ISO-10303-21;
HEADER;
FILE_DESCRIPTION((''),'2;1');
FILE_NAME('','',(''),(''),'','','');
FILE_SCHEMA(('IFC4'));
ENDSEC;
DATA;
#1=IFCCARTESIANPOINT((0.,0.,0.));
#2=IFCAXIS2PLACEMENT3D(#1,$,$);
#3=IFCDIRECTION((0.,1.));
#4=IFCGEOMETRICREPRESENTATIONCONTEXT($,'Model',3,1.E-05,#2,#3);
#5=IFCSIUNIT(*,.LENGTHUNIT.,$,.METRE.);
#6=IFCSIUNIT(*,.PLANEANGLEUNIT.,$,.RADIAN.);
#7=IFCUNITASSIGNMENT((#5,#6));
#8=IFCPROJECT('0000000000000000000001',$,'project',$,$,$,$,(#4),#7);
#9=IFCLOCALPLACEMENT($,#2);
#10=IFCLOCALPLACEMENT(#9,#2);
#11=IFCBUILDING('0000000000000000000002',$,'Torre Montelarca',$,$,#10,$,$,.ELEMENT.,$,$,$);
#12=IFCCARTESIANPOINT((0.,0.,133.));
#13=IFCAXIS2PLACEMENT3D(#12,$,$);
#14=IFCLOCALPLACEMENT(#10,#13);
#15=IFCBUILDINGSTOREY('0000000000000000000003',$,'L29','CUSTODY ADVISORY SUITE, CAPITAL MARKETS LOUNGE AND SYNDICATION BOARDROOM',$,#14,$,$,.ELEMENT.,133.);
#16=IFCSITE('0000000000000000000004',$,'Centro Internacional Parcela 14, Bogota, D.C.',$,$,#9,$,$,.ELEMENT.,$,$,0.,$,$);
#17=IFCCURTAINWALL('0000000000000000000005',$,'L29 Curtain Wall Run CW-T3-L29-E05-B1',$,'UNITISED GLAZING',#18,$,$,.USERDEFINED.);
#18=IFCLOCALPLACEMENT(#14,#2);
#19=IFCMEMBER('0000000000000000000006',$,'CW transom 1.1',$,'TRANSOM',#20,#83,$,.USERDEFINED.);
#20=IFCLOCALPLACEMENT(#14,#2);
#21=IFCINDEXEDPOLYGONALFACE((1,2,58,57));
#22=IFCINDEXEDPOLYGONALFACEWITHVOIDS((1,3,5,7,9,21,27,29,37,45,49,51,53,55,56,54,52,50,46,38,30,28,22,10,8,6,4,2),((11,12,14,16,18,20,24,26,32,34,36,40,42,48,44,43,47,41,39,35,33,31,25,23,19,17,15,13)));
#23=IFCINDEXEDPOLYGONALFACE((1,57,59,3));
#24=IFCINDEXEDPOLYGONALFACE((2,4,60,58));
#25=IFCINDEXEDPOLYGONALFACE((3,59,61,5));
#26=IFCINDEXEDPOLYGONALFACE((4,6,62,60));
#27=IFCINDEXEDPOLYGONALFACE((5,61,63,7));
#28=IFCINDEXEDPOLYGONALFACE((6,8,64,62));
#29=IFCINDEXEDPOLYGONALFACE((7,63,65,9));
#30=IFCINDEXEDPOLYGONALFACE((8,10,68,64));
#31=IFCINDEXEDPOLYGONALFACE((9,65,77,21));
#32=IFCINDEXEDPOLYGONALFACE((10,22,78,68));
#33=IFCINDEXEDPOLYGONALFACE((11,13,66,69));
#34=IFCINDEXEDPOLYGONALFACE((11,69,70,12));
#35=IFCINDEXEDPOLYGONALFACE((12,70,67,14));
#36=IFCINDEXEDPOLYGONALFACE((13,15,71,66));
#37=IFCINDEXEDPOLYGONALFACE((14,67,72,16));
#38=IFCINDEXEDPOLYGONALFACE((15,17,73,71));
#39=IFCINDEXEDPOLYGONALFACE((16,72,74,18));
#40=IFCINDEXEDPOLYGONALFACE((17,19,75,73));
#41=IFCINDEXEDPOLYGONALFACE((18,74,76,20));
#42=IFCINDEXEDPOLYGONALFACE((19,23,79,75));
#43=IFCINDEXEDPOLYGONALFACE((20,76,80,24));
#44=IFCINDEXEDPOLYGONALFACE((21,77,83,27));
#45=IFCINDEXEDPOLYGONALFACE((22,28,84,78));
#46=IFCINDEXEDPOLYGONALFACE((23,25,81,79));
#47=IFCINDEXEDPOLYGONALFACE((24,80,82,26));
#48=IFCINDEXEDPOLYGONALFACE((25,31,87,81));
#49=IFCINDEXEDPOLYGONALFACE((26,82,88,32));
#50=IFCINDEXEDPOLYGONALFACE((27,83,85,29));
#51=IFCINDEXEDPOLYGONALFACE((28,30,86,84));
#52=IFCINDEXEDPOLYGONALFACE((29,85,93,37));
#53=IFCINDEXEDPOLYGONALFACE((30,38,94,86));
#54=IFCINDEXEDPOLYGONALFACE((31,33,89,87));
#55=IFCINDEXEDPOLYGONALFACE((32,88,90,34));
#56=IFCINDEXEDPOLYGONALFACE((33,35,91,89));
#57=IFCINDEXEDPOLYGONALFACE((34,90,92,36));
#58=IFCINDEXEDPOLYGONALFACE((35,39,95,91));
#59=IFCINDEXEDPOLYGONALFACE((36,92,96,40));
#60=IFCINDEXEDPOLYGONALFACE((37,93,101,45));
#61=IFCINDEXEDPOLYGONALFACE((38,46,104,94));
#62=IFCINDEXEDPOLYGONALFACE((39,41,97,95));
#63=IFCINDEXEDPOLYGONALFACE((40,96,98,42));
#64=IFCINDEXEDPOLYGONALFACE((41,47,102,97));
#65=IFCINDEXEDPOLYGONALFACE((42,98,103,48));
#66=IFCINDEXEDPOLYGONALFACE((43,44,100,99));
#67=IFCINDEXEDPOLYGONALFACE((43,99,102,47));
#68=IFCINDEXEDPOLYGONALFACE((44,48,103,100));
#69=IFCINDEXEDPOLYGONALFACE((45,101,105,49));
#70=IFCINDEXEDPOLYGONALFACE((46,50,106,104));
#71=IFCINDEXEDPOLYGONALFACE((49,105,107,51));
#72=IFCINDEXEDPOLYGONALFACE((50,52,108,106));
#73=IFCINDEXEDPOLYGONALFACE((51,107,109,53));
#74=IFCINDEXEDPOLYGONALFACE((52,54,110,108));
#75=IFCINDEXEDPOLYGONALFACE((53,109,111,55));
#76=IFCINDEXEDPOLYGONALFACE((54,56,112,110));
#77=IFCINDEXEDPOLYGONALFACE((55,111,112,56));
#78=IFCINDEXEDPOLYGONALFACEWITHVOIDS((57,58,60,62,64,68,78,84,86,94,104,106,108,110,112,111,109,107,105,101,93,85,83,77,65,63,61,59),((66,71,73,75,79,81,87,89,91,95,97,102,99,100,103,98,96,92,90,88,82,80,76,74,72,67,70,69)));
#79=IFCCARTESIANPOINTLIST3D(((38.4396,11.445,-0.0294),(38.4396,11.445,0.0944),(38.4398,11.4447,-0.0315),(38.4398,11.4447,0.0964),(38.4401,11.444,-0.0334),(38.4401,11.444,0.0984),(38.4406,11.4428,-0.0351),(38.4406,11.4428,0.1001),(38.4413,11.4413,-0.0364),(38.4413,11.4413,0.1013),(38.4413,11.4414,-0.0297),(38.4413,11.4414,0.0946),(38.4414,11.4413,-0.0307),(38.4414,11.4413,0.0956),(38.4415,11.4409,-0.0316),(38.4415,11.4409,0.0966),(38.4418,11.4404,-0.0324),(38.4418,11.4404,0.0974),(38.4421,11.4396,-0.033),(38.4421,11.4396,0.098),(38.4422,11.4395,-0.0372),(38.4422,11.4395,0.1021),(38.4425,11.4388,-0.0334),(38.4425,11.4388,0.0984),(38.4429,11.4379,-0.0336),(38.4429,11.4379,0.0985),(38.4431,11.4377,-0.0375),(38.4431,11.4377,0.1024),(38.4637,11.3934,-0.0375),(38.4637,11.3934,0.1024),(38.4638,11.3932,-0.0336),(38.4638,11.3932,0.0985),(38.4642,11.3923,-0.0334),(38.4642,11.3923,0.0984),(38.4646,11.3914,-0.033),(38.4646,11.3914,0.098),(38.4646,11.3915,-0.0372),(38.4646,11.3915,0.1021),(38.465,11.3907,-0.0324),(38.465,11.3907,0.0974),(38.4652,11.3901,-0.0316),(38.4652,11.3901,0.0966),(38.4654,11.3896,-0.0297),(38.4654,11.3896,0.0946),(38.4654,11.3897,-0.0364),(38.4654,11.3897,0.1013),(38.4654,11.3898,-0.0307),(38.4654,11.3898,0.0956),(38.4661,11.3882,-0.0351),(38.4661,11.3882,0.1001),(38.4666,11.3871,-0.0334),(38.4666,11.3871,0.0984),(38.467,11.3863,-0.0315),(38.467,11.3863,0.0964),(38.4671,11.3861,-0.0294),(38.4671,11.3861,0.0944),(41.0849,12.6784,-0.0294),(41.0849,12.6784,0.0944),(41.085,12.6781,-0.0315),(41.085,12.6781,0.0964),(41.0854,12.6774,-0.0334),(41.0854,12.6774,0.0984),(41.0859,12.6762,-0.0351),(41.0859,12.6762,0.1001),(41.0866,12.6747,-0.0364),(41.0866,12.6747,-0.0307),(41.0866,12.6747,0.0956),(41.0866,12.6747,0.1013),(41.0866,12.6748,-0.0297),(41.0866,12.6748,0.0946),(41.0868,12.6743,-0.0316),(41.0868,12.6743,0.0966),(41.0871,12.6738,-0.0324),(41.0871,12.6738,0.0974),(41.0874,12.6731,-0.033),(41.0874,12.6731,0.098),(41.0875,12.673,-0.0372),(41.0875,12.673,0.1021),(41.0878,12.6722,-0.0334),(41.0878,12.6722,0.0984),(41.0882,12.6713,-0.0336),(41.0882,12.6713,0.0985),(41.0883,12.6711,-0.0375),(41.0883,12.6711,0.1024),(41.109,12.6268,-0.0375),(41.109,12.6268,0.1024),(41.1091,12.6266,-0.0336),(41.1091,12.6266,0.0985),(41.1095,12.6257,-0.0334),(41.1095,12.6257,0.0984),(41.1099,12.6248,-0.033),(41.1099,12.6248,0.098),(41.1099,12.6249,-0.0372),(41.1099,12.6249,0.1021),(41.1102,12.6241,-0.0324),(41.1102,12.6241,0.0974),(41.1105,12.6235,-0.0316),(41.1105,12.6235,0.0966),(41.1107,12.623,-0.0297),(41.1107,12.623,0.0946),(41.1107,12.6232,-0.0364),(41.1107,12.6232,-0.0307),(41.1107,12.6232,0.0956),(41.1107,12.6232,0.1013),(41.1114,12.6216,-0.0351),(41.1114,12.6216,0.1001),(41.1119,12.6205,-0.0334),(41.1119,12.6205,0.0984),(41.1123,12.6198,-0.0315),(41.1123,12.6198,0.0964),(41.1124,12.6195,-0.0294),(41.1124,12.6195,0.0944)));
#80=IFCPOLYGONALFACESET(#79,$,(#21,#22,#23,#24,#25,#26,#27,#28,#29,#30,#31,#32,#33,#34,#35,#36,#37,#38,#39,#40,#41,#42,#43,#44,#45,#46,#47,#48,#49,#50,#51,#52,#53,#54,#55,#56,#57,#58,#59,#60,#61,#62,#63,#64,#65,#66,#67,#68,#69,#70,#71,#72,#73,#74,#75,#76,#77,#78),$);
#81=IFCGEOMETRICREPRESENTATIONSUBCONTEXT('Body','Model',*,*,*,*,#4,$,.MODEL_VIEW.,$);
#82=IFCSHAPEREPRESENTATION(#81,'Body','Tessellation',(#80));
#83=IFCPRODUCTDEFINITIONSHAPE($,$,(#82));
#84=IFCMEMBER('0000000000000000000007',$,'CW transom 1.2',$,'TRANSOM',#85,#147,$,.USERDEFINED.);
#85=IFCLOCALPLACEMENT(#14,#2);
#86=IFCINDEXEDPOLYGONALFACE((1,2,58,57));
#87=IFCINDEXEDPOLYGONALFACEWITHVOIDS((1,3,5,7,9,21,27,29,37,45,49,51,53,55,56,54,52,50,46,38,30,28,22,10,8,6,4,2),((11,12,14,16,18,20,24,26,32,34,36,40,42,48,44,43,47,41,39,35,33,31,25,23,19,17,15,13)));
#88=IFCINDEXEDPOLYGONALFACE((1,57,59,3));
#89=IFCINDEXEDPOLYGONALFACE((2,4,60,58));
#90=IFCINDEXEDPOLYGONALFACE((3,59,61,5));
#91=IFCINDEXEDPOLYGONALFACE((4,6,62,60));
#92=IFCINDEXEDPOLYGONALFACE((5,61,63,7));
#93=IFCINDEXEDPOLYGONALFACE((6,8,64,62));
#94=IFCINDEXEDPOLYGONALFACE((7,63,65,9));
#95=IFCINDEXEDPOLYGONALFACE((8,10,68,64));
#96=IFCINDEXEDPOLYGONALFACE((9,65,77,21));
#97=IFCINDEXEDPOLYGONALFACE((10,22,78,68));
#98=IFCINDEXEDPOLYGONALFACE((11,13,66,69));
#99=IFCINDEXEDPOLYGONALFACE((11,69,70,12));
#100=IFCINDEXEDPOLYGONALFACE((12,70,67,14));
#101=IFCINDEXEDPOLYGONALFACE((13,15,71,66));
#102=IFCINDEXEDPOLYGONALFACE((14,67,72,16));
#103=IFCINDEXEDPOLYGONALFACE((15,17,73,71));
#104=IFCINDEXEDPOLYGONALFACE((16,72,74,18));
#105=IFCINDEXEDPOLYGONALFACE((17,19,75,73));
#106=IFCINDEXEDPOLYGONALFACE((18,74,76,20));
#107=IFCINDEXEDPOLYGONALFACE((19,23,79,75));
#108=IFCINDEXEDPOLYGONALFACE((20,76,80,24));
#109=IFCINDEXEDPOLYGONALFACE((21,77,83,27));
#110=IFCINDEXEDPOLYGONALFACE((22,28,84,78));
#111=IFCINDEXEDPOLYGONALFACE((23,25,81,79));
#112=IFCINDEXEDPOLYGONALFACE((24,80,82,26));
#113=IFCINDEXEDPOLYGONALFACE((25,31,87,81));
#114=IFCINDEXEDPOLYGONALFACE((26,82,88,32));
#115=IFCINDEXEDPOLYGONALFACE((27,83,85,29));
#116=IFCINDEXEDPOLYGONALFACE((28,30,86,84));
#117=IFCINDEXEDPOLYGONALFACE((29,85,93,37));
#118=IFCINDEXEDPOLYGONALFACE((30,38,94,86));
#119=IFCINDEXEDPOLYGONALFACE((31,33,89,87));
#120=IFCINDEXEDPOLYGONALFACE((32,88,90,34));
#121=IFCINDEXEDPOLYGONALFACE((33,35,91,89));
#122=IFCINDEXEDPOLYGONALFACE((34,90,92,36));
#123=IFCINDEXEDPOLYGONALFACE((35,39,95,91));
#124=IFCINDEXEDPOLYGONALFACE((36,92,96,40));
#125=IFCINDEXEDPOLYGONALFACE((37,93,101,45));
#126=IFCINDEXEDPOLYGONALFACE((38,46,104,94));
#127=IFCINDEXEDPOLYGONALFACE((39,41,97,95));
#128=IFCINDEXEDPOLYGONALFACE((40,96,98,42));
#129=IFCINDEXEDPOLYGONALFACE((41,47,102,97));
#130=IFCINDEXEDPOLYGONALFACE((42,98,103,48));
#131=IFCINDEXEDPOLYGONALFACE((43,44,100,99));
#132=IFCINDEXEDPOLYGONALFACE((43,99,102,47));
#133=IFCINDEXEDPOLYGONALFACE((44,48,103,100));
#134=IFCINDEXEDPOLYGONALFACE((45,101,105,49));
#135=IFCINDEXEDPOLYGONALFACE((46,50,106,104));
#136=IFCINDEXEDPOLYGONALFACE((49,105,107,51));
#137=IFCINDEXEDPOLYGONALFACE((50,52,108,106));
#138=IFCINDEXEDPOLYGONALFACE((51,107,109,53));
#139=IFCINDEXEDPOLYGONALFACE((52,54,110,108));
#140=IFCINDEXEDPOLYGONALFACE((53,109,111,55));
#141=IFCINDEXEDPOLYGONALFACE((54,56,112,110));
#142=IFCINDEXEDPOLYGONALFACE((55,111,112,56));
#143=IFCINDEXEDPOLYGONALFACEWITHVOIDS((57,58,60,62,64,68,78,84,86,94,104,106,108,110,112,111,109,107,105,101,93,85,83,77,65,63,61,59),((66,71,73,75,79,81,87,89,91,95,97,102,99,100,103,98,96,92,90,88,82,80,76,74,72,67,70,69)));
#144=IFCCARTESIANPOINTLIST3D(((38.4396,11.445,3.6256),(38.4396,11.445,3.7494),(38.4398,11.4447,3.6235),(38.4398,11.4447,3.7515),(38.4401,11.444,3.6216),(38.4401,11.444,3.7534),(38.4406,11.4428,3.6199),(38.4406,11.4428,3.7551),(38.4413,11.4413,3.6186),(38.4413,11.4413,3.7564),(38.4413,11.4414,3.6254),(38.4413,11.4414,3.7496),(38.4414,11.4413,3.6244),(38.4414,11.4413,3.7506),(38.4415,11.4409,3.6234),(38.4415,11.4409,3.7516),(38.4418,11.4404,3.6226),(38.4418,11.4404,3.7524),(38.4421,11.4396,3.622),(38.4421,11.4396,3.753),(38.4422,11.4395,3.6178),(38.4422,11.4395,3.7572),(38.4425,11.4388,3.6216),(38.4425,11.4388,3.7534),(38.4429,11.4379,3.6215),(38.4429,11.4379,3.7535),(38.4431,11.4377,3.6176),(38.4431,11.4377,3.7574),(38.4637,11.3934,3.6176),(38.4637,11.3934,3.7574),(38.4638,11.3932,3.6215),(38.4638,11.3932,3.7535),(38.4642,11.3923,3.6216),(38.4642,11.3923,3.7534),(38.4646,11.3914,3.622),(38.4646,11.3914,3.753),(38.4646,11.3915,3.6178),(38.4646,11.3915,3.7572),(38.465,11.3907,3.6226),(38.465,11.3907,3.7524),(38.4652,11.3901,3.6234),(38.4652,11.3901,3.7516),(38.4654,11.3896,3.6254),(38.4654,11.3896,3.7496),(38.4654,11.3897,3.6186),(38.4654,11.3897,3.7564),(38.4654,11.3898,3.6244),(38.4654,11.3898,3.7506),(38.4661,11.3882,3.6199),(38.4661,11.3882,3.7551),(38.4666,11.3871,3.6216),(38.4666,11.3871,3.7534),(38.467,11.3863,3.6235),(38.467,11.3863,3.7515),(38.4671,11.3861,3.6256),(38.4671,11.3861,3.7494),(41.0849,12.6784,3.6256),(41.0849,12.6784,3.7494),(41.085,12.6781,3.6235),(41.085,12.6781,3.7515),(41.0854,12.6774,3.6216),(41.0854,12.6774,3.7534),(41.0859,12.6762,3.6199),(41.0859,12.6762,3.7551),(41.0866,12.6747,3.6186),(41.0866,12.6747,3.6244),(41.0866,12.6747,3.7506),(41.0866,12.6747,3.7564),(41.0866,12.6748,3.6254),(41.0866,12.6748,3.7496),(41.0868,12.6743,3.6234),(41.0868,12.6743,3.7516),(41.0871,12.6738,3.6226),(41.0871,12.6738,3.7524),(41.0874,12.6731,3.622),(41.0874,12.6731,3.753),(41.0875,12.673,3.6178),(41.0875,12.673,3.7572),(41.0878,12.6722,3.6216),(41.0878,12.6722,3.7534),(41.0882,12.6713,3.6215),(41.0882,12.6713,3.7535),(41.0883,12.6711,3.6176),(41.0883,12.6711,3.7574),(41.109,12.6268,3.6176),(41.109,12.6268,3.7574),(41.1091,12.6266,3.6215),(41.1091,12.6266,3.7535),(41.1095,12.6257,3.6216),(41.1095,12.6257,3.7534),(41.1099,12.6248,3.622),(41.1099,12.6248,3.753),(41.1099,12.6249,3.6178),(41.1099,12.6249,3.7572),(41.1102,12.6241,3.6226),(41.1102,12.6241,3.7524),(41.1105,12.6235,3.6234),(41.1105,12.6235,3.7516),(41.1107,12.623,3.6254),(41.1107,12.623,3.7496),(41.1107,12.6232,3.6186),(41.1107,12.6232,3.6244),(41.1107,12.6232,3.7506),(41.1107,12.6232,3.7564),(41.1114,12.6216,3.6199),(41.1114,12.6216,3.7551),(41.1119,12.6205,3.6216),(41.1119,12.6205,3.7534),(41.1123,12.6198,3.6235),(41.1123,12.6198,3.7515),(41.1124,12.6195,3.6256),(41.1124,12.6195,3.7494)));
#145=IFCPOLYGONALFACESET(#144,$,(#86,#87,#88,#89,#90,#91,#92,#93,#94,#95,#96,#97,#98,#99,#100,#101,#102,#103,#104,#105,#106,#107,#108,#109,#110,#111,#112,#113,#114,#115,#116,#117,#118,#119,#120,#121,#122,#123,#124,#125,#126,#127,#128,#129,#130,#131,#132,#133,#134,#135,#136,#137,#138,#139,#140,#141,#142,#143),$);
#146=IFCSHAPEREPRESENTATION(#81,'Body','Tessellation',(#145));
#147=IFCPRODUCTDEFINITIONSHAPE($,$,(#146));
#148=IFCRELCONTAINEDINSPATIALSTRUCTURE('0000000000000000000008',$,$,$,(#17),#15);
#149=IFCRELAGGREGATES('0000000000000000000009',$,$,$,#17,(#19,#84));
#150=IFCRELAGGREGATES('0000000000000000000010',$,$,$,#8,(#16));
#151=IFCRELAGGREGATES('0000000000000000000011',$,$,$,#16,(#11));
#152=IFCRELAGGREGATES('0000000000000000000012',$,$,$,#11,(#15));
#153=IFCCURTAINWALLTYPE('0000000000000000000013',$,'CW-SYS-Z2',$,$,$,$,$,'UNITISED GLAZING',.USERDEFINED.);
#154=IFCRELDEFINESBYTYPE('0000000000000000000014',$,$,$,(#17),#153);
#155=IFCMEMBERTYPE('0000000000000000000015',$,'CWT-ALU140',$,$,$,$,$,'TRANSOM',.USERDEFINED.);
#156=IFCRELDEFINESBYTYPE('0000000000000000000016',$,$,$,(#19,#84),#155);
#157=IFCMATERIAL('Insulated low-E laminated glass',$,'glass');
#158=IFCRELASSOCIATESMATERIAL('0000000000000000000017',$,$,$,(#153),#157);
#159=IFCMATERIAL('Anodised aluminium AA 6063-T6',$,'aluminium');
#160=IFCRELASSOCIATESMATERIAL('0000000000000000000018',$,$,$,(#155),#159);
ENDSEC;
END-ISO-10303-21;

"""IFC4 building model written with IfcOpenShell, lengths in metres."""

from ifc_helpers import new_model, si_unit, direction, frame, origin, origin_2d, place, context, subcontext, project, spatial, hollow_rectangle, extrude, source, transform, mapped, material, material_profile, profile_set, type_object, element, aggregate, save


model = new_model("IFC4")

# Units and contexts
model_context = context("Model", 3, precision=1e-05, world=origin(), true_north=direction((0.0, 1.0)))
body_context = subcontext(model_context, "Body", "Model", "MODEL_VIEW")
ifc_project = project(units=[si_unit("LENGTHUNIT", "METRE"), si_unit("PLANEANGLEUNIT", "RADIAN")], contexts=[model_context])

# Site, building, storey
site_placement = place(None, origin())
site = spatial("IfcSite", under=ifc_project, at=site_placement, Name="Centro Internacional Parcela 14, Bogota, D.C.", CompositionType="ELEMENT", RefElevation=0.0)
building_placement = place(site_placement, origin())
building = spatial("IfcBuilding", under=site, at=building_placement, Name="Torre Montelarca", CompositionType="ELEMENT")
storey_placement = place(building_placement, frame((0.0, 0.0, 133.0)))
storey = spatial("IfcBuildingStorey", under=building, at=storey_placement, Name="L29", Description="CUSTODY ADVISORY SUITE, CAPITAL MARKETS LOUNGE AND SYNDICATION BOARDROOM", CompositionType="ELEMENT", Elevation=133.0)

# Curtain wall, members
ifc_material_1 = material(Name="Insulated low-E laminated glass", Category="glass")
curtain_wall_type = type_object("IfcCurtainWallType", Name="CW-SYS-Z2", ElementType="UNITISED GLAZING", PredefinedType="USERDEFINED", material=ifc_material_1)
curtain_wall_1_placement = place(storey_placement, origin())
curtain_wall_1 = element("IfcCurtainWall", 1, at=curtain_wall_1_placement, inside=storey, type_object=curtain_wall_type, Name="L29 Curtain Wall Run CW-T3-L29-E05-B1", ObjectType="UNITISED GLAZING", PredefinedType="USERDEFINED")
ifc_material_2 = material(Name="Anodised aluminium AA 6063-T6", Category="aluminium")
ifc_material_profile_1 = material_profile(ifc_material_2, hollow_rectangle(XDim=0.0649, YDim=0.1399, WallThickness=0.0039, InnerFilletRadius=0.0039, OuterFilletRadius=0.0081, at=origin_2d()), Name="ALU65X140X4", Category="aluminium")
ifc_profile_set_1 = profile_set([ifc_material_profile_1], Name="Anodised aluminium AA 6063-T6")
member_type_1 = type_object("IfcMemberType", Name="CWT-ALU140", ElementType="TRANSOM", PredefinedType="USERDEFINED", material=ifc_profile_set_1)
shared_shape_1 = source(origin(), body_context, "Body", "SweptSolid", [
    extrude(hollow_rectangle(XDim=0.0649, YDim=0.1399, WallThickness=0.0039, InnerFilletRadius=0.0039, OuterFilletRadius=0.0081, at=origin_2d()), origin(), (0.0, 0.0, 1.0), 2.9187),
])
member_1_placement = place(storey_placement, frame((38.4534, 11.4155, 0.0325), z_axis=(0.906322, 0.422588, 0.0), x_axis=(-0.422588, 0.906322, 0.0)))
member_1 = element("IfcMember", 2, at=member_1_placement, type_object=member_type_1, Name="CW transom 1.1", ObjectType="TRANSOM", PredefinedType="USERDEFINED", context=body_context, shape_type="MappedRepresentation", body=[
    mapped(shared_shape_1, transform((0.0, 0.0, 0.0), scale=1.0)),
])
member_2_placement = place(storey_placement, frame((38.4534, 11.4155, 3.6875), z_axis=(0.906322, 0.422588, 0.0), x_axis=(-0.422588, 0.906322, 0.0)))
member_2 = element("IfcMember", 3, at=member_2_placement, type_object=member_type_1, Name="CW transom 1.2", ObjectType="TRANSOM", PredefinedType="USERDEFINED", context=body_context, shape_type="MappedRepresentation", body=[
    mapped(shared_shape_1, transform((0.0, 0.0, 0.0), scale=1.0)),
])

aggregate(curtain_wall_1, [member_1, member_2])

save(model, "model.ifc")
